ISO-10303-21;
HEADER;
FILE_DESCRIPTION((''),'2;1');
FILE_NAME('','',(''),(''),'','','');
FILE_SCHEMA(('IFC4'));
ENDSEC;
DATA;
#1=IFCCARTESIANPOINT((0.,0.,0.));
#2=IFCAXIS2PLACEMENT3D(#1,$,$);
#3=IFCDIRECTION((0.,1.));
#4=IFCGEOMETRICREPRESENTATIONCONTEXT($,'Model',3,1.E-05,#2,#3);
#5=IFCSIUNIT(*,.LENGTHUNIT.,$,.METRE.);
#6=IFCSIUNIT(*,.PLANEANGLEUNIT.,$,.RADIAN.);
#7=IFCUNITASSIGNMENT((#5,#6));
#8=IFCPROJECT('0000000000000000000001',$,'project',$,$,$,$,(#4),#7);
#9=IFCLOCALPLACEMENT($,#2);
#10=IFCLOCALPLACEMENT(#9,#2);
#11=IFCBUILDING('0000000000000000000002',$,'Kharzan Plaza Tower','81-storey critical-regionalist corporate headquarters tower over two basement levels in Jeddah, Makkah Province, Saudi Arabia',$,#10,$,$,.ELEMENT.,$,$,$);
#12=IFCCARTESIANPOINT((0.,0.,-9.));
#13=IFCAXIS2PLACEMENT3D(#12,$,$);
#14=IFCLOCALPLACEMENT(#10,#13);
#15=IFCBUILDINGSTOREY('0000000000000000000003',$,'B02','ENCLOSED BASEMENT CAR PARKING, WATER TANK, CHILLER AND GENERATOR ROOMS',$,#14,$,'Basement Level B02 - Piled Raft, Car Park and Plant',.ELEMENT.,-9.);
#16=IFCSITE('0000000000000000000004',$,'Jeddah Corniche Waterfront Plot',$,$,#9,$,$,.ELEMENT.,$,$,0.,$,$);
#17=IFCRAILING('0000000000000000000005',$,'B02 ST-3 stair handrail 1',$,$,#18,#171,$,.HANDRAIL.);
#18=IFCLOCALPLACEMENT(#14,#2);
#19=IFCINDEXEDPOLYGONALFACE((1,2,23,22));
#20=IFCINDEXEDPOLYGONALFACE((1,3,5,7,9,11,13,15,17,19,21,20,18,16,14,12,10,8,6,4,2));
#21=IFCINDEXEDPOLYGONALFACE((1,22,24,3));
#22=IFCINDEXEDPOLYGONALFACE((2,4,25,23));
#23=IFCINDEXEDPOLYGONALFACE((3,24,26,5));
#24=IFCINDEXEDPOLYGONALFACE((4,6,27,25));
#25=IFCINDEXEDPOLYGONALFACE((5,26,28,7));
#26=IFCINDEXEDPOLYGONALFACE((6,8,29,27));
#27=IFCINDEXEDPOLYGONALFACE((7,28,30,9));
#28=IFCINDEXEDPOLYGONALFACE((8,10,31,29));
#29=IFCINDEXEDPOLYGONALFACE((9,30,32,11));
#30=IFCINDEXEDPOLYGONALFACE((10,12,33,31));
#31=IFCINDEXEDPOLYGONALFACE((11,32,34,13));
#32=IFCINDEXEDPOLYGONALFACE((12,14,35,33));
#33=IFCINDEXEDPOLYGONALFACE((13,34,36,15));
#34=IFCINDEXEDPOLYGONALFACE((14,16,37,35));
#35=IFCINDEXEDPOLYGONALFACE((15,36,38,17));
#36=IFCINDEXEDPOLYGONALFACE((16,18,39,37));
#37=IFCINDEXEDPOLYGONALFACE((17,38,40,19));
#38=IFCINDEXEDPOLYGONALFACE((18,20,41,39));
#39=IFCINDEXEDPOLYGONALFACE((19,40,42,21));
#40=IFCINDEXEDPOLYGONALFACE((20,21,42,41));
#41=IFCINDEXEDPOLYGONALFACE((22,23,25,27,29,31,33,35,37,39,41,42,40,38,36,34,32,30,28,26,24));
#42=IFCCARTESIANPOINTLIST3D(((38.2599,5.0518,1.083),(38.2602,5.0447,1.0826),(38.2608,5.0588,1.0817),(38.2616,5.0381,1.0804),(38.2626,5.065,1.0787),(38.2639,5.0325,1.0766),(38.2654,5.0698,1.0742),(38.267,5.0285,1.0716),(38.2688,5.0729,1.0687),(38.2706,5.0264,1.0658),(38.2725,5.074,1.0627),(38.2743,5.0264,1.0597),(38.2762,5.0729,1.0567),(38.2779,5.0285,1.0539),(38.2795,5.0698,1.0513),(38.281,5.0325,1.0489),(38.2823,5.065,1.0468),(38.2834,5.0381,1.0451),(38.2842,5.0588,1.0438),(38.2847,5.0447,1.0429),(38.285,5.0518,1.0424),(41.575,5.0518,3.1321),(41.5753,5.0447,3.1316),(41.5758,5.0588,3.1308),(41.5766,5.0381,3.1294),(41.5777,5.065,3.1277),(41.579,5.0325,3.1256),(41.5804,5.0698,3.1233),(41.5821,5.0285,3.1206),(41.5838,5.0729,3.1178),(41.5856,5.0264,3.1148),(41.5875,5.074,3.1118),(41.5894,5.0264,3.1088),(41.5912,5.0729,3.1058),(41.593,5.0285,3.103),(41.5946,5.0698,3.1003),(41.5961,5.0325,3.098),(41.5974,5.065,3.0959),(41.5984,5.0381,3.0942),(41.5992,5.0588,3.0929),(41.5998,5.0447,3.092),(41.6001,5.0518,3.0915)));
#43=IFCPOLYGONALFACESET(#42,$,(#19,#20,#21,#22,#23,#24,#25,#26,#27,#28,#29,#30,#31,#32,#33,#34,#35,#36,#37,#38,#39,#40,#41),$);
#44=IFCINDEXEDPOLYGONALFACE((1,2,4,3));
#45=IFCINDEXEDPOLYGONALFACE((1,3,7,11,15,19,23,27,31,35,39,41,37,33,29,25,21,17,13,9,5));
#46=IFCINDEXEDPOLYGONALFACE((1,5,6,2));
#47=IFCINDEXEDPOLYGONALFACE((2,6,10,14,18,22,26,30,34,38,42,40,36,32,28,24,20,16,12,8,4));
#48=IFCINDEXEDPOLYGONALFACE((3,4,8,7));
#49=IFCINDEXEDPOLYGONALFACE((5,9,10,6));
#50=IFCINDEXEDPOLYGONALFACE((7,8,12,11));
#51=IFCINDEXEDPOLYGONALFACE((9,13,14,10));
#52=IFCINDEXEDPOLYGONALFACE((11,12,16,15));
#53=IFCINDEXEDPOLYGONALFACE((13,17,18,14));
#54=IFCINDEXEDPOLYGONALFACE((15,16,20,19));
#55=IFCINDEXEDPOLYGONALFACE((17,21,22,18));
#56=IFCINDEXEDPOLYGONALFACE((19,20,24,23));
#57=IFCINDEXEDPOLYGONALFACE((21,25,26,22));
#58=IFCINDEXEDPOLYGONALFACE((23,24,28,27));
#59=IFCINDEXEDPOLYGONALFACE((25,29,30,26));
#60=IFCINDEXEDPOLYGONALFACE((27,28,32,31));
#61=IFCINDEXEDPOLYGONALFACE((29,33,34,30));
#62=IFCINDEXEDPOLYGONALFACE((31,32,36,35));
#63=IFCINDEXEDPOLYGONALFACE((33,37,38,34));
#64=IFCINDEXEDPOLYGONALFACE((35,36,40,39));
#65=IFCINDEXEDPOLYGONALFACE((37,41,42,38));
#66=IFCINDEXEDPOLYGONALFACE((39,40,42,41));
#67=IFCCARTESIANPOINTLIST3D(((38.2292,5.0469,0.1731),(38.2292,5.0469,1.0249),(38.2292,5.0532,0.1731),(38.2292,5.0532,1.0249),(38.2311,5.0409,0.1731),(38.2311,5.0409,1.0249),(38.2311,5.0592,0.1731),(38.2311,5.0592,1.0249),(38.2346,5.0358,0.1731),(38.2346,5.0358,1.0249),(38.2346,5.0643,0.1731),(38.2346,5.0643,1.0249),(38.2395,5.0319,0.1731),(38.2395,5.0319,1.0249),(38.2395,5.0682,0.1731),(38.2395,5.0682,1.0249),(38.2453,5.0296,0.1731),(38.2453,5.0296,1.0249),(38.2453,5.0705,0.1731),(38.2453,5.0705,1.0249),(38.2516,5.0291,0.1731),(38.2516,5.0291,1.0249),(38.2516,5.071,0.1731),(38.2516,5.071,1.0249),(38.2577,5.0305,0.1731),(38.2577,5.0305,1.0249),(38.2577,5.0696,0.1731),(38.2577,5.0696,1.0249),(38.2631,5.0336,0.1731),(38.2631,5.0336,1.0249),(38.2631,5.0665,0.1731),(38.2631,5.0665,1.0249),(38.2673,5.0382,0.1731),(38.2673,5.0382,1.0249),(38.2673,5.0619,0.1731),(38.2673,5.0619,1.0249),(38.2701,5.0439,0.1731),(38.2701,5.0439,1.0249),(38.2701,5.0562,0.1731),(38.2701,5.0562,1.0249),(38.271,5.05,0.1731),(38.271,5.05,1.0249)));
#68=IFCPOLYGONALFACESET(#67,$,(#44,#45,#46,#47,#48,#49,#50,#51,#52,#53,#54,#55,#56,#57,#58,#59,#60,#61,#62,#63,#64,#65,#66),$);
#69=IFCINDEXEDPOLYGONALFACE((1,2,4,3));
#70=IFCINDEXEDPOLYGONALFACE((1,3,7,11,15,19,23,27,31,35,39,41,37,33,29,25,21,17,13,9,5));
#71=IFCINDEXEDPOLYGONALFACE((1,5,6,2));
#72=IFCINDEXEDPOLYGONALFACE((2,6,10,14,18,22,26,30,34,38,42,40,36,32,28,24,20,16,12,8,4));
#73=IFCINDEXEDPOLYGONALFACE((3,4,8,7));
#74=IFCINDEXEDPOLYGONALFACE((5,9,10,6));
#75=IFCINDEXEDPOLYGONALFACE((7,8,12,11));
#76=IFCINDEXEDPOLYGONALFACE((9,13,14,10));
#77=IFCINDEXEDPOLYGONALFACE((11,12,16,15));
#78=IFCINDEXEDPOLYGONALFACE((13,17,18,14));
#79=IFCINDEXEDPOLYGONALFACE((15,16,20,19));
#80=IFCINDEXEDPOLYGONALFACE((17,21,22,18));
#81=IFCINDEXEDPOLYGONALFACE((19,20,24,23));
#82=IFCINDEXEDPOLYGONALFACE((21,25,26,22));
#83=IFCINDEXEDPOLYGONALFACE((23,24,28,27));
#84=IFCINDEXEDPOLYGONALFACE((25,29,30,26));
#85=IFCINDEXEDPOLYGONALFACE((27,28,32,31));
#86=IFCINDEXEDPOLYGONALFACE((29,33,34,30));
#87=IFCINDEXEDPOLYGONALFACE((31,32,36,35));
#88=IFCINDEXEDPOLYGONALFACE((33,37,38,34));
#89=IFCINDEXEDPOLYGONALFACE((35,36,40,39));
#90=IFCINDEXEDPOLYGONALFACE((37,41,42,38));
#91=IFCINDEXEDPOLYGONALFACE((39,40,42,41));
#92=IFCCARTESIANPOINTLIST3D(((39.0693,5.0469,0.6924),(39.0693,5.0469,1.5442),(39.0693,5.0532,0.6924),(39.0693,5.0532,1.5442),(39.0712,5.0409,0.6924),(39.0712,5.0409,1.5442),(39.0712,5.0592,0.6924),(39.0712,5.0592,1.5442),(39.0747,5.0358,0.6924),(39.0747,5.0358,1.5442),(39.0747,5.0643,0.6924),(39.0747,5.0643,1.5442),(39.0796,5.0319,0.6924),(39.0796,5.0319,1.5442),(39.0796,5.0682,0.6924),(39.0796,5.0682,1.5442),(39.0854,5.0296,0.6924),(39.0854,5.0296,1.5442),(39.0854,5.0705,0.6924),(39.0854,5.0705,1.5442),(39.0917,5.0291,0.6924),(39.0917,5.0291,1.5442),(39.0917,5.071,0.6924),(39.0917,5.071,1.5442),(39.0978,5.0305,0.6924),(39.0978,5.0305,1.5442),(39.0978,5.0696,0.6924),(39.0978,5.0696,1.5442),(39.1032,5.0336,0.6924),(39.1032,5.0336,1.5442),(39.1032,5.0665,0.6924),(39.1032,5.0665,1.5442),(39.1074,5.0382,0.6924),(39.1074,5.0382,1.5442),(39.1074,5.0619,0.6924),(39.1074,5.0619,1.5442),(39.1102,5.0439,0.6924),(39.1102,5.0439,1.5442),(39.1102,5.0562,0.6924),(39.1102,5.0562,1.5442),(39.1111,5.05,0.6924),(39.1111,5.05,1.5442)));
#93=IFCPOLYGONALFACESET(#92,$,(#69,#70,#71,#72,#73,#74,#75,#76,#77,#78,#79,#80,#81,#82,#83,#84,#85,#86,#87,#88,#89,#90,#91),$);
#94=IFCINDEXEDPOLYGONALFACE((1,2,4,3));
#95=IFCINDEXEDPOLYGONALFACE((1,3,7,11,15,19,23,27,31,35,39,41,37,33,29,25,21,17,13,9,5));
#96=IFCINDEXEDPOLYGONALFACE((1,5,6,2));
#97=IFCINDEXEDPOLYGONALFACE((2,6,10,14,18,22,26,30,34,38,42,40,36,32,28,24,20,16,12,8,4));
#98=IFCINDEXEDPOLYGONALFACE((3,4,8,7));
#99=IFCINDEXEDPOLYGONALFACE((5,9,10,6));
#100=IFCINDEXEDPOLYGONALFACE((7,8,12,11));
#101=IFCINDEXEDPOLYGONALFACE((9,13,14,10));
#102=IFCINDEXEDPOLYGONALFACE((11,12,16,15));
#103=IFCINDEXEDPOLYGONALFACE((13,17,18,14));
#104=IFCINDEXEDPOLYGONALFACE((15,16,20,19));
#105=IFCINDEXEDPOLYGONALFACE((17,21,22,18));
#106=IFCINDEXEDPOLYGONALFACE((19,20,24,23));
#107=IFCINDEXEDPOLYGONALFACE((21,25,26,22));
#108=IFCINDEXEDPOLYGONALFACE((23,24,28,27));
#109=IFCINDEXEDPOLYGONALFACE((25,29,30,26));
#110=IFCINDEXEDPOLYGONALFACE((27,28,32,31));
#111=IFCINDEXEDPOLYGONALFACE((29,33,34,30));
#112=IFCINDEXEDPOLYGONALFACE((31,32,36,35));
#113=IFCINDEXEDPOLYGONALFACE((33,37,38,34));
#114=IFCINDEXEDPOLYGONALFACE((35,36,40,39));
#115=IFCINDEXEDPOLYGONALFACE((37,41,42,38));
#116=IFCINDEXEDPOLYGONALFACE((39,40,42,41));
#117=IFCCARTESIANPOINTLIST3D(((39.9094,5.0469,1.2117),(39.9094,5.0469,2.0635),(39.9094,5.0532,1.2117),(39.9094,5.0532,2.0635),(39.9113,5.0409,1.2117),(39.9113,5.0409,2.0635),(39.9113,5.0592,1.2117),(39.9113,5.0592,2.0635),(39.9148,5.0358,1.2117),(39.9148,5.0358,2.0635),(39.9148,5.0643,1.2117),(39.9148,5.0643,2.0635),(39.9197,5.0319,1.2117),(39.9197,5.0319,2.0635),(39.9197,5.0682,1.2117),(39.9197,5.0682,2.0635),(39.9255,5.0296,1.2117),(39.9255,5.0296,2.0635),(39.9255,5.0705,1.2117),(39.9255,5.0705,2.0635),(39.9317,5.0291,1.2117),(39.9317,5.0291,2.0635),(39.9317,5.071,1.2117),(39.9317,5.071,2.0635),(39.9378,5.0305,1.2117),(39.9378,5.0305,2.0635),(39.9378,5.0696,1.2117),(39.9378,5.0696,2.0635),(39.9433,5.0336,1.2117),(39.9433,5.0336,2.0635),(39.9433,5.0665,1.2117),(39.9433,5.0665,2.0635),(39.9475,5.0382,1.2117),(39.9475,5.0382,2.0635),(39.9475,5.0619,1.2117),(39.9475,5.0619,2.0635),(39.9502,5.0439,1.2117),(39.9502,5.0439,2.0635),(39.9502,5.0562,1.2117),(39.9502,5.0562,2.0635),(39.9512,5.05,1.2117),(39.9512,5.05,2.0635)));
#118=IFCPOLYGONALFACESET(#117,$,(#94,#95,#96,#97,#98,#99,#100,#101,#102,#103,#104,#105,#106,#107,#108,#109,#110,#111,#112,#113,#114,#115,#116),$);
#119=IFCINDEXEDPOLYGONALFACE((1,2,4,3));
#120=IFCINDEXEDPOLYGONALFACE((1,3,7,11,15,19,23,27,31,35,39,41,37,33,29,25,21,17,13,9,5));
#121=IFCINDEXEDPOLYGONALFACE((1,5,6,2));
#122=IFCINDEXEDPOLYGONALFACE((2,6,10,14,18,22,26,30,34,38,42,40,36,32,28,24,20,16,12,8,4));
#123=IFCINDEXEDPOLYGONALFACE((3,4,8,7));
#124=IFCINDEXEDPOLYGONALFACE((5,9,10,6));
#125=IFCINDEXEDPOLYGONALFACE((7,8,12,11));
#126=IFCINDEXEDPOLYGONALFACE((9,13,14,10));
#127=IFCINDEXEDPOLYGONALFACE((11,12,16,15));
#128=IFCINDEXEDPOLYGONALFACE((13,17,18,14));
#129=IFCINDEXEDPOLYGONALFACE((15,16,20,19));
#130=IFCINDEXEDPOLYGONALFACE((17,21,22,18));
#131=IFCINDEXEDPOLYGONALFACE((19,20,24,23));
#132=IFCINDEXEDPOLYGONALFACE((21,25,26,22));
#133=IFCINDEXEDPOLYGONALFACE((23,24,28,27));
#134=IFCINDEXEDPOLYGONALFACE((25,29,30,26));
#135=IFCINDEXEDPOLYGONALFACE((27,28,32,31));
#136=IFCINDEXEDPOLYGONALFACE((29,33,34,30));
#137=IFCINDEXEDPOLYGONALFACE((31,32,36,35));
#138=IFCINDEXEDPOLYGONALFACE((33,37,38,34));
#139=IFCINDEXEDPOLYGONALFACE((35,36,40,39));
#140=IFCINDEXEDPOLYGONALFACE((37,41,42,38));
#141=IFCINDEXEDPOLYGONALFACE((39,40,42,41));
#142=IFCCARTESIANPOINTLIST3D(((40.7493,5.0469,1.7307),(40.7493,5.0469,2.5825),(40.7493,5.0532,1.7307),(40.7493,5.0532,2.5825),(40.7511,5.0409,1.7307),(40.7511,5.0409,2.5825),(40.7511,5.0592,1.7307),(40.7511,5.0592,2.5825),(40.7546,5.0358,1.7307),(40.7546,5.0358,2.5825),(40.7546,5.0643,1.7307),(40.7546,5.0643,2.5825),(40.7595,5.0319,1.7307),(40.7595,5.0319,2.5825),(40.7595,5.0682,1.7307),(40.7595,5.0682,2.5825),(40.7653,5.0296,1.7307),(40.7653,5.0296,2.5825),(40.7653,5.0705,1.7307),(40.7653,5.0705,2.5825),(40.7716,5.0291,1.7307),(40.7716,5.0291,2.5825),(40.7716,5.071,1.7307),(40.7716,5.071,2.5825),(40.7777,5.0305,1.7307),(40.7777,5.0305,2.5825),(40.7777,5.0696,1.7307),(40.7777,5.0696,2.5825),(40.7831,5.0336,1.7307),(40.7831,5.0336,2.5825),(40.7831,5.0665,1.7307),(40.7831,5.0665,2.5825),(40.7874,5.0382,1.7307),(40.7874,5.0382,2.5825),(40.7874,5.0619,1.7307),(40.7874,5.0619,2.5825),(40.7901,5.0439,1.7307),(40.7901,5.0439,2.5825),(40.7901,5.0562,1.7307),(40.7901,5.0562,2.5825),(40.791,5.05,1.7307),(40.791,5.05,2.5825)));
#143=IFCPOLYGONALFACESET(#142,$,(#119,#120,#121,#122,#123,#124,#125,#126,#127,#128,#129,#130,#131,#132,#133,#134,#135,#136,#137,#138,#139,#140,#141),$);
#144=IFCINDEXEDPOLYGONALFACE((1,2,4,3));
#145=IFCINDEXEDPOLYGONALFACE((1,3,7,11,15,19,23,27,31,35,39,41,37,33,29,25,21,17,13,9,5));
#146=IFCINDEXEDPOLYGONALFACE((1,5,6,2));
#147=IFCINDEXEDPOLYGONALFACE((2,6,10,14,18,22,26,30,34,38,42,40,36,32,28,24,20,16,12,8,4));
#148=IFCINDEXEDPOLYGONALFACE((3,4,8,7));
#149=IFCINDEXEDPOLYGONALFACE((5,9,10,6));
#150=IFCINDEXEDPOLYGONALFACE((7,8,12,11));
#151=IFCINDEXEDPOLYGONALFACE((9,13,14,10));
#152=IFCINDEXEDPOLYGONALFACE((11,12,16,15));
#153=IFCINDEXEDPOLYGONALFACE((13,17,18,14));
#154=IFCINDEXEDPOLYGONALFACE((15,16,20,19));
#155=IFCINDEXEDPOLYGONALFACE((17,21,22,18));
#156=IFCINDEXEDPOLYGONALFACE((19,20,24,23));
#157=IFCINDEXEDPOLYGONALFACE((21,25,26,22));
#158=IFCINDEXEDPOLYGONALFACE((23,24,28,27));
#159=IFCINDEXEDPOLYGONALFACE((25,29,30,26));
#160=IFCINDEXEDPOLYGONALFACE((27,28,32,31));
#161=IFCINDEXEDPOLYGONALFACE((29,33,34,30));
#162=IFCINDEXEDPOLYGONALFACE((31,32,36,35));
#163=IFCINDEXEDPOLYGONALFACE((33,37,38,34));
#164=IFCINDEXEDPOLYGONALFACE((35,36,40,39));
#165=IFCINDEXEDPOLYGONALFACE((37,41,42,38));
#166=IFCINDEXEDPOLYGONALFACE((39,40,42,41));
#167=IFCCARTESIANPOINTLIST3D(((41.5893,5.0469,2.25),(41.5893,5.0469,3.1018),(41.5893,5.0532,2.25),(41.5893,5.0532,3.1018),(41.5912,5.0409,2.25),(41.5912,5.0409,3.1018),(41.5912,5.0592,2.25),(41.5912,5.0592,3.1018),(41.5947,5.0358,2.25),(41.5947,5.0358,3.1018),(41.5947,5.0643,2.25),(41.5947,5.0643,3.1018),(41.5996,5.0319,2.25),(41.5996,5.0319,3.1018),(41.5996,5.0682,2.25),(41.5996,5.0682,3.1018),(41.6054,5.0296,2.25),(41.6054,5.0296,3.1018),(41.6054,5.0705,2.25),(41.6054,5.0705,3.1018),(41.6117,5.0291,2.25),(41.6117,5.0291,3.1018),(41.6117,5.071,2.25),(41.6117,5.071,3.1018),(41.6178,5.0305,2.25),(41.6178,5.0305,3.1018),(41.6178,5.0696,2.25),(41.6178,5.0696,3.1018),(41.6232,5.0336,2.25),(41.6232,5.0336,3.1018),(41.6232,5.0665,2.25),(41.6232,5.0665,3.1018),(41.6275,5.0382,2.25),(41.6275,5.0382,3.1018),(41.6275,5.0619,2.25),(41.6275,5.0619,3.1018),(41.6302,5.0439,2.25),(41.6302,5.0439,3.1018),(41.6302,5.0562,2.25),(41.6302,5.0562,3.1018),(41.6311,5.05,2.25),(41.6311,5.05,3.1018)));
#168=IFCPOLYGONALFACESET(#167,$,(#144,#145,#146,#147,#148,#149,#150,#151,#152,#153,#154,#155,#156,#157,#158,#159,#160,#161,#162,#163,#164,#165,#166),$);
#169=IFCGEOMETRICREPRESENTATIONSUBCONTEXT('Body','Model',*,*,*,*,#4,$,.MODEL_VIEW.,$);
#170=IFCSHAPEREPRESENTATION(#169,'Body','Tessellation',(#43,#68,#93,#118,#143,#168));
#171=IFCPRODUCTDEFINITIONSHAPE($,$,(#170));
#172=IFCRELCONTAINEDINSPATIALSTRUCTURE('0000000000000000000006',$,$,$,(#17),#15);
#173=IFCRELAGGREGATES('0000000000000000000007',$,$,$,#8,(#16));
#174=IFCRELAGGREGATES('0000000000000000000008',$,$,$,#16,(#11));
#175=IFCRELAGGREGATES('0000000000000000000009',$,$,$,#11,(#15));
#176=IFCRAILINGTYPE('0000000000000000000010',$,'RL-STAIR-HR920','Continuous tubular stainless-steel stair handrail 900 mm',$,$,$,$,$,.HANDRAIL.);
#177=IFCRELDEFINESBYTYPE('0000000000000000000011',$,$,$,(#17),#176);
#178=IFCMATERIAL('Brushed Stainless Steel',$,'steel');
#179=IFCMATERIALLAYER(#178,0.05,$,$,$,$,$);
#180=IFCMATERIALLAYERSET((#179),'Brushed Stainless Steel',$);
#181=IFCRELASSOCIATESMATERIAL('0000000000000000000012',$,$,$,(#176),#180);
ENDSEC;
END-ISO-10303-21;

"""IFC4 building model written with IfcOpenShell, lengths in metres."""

from ifc_helpers import new_model, si_unit, direction, frame, origin, origin_2d, place, context, subcontext, project, spatial, circle, extrude, source, transform, mapped, material, layer, layer_set, type_object, element, save


model = new_model("IFC4")

# Units and contexts
model_context = context("Model", 3, precision=1e-05, world=origin(), true_north=direction((0.0, 1.0)))
body_context = subcontext(model_context, "Body", "Model", "MODEL_VIEW")
ifc_project = project(units=[si_unit("LENGTHUNIT", "METRE"), si_unit("PLANEANGLEUNIT", "RADIAN")], contexts=[model_context])

# Site, building, storey
site_placement = place(None, origin())
site = spatial("IfcSite", under=ifc_project, at=site_placement, Name="Jeddah Corniche Waterfront Plot", CompositionType="ELEMENT", RefElevation=0.0)
building_placement = place(site_placement, origin())
building = spatial("IfcBuilding", under=site, at=building_placement, Name="Kharzan Plaza Tower", Description="81-storey critical-regionalist corporate headquarters tower over two basement levels in Jeddah, Makkah Province, Saudi Arabia", CompositionType="ELEMENT")
storey_placement = place(building_placement, frame((0.0, 0.0, -9.0)))
storey = spatial("IfcBuildingStorey", under=building, at=storey_placement, Name="B02", Description="ENCLOSED BASEMENT CAR PARKING, WATER TANK, CHILLER AND GENERATOR ROOMS", LongName="Basement Level B02 - Piled Raft, Car Park and Plant", CompositionType="ELEMENT", Elevation=-9.0)

# Railing
ifc_material_1 = material(Name="Brushed Stainless Steel", Category="steel")
ifc_layer_1 = layer(ifc_material_1, 0.05)
ifc_layer_set_1 = layer_set([ifc_layer_1], Name="Brushed Stainless Steel")
railing_type_1 = type_object("IfcRailingType", Name="RL-STAIR-HR920", Description="Continuous tubular stainless-steel stair handrail 900 mm", PredefinedType="HANDRAIL", material=ifc_layer_set_1)
shared_shape_1 = source(origin(), body_context, "Body", "SweptSolid", [
    extrude(circle(Radius=0.0239, at=origin_2d()), frame((0.0225, 0.0, 0.8896), z_axis=(0.850623, 0.0, 0.525776), x_axis=(0.0, 1.0, 0.0)), (0.0, 0.0, 1.0), 3.8972),
    extrude(circle(Radius=0.021, at=origin_2d()), origin(), (0.0, 0.0, 1.0), 0.8518),
    extrude(circle(Radius=0.021, at=origin_2d()), frame((0.8401, 0.0, 0.5193)), (0.0, 0.0, 1.0), 0.8518),
    extrude(circle(Radius=0.021, at=origin_2d()), frame((1.6802, 0.0, 1.0386)), (0.0, 0.0, 1.0), 0.8518),
    extrude(circle(Radius=0.021, at=origin_2d()), frame((2.52, 0.0, 1.5576)), (0.0, 0.0, 1.0), 0.8518),
    extrude(circle(Radius=0.021, at=origin_2d()), frame((3.3601, 0.0, 2.0769)), (0.0, 0.0, 1.0), 0.8518),
])
railing_1_placement = place(storey_placement, frame((38.25, 5.05, 0.1731)))
element("IfcRailing", 1, at=railing_1_placement, inside=storey, type_object=railing_type_1, Name="B02 ST-3 stair handrail 1", PredefinedType="HANDRAIL", context=body_context, shape_type="MappedRepresentation", body=[
    mapped(shared_shape_1, transform((0.0, 0.0, 0.0), x_axis=(1.0, 0.0, 0.0), y_axis=(0.0, 1.0, 0.0), z_axis=(0.0, 0.0, 1.0))),
])

save(model, "model.ifc")
